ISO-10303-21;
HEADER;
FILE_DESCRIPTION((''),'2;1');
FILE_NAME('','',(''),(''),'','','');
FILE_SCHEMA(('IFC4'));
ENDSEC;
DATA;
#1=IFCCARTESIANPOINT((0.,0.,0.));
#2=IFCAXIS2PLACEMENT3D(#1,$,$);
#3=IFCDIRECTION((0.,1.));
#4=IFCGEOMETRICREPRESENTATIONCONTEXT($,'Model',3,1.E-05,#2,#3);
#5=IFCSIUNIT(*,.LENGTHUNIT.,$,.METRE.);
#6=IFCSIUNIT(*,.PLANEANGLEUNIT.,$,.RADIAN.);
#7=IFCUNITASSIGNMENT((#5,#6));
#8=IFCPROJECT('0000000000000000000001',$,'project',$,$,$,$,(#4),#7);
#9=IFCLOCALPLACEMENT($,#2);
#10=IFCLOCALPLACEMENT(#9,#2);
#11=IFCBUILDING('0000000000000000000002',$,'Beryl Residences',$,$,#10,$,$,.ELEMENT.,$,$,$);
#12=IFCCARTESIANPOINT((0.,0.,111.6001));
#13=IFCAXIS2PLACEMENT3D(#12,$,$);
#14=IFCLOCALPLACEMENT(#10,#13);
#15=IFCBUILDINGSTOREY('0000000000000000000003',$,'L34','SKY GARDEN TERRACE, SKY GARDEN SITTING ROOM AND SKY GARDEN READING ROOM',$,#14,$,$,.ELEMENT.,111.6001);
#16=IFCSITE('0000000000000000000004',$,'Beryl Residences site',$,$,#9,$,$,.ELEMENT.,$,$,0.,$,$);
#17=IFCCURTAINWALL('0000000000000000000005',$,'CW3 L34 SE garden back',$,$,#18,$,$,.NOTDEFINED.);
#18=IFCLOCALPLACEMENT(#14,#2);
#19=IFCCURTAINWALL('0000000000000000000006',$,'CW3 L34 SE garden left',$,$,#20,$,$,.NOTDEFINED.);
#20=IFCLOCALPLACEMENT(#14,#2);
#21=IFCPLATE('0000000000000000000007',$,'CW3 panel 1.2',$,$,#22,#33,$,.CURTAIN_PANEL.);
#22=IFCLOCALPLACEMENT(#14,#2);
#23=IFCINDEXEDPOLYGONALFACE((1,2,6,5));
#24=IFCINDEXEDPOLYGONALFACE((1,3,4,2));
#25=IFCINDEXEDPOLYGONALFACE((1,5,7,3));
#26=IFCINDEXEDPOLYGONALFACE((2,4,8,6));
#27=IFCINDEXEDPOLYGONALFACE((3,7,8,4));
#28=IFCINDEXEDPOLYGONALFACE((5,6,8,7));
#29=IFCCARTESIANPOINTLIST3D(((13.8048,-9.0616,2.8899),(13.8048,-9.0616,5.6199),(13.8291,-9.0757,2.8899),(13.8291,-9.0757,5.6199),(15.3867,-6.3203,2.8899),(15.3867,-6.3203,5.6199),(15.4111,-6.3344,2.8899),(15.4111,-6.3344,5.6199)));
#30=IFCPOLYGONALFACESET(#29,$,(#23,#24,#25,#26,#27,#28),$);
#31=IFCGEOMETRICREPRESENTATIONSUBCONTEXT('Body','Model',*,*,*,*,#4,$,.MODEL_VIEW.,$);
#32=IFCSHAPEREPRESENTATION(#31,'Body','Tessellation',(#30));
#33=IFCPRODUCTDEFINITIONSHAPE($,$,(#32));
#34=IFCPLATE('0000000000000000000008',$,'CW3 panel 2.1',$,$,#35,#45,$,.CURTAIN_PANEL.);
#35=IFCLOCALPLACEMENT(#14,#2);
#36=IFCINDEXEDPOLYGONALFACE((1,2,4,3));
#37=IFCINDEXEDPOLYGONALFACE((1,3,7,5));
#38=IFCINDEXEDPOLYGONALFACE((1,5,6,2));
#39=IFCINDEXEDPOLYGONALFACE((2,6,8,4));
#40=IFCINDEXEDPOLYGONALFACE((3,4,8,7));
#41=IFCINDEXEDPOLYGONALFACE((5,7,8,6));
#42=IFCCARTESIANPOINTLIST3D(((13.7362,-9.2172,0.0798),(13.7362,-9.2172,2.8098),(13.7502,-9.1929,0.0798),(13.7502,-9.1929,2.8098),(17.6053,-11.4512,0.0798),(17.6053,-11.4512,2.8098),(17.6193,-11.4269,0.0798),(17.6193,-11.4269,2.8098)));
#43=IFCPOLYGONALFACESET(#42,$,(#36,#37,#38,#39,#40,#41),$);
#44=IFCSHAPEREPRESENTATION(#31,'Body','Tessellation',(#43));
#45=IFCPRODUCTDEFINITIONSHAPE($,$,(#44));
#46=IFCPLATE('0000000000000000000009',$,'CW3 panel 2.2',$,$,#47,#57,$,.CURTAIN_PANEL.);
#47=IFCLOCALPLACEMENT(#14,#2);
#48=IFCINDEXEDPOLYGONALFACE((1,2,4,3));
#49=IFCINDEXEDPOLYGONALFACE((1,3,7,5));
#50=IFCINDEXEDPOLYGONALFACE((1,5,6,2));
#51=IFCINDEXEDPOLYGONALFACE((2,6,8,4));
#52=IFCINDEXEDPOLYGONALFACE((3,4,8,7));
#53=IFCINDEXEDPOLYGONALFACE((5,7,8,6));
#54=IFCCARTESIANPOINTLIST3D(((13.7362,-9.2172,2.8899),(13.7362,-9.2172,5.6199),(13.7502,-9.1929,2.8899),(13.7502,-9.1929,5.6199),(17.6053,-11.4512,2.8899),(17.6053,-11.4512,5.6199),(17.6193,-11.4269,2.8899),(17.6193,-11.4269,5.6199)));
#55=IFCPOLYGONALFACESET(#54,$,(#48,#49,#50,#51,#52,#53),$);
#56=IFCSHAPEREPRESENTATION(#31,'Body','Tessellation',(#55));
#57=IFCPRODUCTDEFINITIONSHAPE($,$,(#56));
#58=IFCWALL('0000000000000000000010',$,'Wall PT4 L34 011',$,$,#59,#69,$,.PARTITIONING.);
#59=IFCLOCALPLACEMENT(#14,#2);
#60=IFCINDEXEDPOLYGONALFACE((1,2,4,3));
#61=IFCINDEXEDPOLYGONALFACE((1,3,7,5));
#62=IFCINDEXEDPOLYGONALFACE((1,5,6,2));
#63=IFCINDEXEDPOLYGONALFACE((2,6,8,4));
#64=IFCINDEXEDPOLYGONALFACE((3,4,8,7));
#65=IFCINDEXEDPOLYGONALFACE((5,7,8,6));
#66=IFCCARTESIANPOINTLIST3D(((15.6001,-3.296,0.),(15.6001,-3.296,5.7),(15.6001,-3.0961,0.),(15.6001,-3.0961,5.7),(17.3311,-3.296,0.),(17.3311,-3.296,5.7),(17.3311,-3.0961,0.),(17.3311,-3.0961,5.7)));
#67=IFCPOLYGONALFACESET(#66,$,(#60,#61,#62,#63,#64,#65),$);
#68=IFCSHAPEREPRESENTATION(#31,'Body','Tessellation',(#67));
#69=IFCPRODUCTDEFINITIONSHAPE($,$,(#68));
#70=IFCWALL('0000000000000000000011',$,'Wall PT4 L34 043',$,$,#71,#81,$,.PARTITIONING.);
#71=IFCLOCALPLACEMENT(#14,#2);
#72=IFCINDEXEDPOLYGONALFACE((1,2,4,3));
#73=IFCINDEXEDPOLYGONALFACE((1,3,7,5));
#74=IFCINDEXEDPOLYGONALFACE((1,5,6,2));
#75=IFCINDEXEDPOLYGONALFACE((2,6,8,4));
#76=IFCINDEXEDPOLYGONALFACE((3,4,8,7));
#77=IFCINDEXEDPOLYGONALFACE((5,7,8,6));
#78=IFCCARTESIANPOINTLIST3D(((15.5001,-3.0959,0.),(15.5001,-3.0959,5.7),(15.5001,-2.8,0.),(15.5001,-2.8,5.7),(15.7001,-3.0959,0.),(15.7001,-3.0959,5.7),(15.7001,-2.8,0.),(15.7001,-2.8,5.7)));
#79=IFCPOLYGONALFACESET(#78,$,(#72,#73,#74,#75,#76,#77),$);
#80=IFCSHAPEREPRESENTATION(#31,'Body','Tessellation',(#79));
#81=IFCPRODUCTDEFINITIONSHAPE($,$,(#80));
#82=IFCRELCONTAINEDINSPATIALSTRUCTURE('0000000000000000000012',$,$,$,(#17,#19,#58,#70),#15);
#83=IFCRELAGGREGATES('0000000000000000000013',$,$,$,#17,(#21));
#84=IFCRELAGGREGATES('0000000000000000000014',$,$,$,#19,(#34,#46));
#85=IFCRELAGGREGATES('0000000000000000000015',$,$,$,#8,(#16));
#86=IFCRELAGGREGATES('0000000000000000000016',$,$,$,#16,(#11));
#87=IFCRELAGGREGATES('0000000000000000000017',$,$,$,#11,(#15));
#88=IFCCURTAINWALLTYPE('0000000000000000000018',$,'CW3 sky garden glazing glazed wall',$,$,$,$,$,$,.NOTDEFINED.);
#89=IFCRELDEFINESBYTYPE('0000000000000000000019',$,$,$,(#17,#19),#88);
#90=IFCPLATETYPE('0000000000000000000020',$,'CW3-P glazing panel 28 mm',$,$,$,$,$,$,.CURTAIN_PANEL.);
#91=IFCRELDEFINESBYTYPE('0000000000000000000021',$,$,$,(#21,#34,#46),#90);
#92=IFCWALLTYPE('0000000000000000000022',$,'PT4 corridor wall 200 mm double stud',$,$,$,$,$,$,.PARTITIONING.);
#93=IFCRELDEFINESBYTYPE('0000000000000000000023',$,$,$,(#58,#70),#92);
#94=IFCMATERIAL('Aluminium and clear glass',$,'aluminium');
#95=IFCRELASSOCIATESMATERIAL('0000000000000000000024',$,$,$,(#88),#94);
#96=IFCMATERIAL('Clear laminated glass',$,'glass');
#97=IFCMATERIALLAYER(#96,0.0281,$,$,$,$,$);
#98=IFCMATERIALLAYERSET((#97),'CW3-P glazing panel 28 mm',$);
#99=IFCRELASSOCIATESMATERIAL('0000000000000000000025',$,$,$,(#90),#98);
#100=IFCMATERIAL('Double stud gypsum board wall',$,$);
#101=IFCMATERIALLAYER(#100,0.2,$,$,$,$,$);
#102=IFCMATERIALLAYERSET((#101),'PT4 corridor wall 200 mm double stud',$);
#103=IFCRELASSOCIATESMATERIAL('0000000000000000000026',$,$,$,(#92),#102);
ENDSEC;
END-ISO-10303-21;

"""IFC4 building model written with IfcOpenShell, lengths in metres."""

from ifc_helpers import new_model, si_unit, direction, frame, frame_2d, origin, origin_2d, place, context, subcontext, project, spatial, rectangle, extrude, material, layer, layer_set, type_object, element, aggregate, save


model = new_model("IFC4")

# Units and contexts
model_context = context("Model", 3, precision=1e-05, world=origin(), true_north=direction((0.0, 1.0)))
body_context = subcontext(model_context, "Body", "Model", "MODEL_VIEW")
ifc_project = project(units=[si_unit("LENGTHUNIT", "METRE"), si_unit("PLANEANGLEUNIT", "RADIAN")], contexts=[model_context])

# Site, building, storey
site_placement = place(None, origin())
site = spatial("IfcSite", under=ifc_project, at=site_placement, Name="Beryl Residences site", CompositionType="ELEMENT", RefElevation=0.0)
building_placement = place(site_placement, origin())
building = spatial("IfcBuilding", under=site, at=building_placement, Name="Beryl Residences", CompositionType="ELEMENT")
storey_placement = place(building_placement, frame((0.0, 0.0, 111.6001)))
storey = spatial("IfcBuildingStorey", under=building, at=storey_placement, Name="L34", Description="SKY GARDEN TERRACE, SKY GARDEN SITTING ROOM AND SKY GARDEN READING ROOM", CompositionType="ELEMENT", Elevation=111.6001)

# Curtain walls
ifc_material_1 = material(Name="Aluminium and clear glass", Category="aluminium")
curtain_wall_type = type_object("IfcCurtainWallType", Name="CW3 sky garden glazing glazed wall", PredefinedType="NOTDEFINED", material=ifc_material_1)
curtain_wall_1_placement = place(storey_placement, origin())
curtain_wall_1 = element("IfcCurtainWall", 1, at=curtain_wall_1_placement, inside=storey, type_object=curtain_wall_type, Name="CW3 L34 SE garden back", PredefinedType="NOTDEFINED")
curtain_wall_2_placement = place(storey_placement, origin())
curtain_wall_2 = element("IfcCurtainWall", 2, at=curtain_wall_2_placement, inside=storey, type_object=curtain_wall_type, Name="CW3 L34 SE garden left", PredefinedType="NOTDEFINED")

# Plates
ifc_material_2 = material(Name="Clear laminated glass", Category="glass")
ifc_layer_1 = layer(ifc_material_2, 0.0281)
ifc_layer_set_1 = layer_set([ifc_layer_1], Name="CW3-P glazing panel 28 mm")
plate_type = type_object("IfcPlateType", Name="CW3-P glazing panel 28 mm", PredefinedType="CURTAIN_PANEL", material=ifc_layer_set_1)
plate_1_placement = place(storey_placement, frame((14.6079, -7.698, 2.8899), z_axis=(0.0, 0.0, 1.0), x_axis=(0.499827, 0.866125, 0.0)))
plate_1 = element("IfcPlate", 3, at=plate_1_placement, type_object=plate_type, Name="CW3 panel 1.2", PredefinedType="CURTAIN_PANEL", context=body_context, shape_type="SweptSolid", body=[
    extrude(rectangle(XDim=3.165, YDim=0.0281, at=origin_2d()), origin(), (0.0, 0.0, 1.0), 2.73),
])
aggregate(curtain_wall_1, [plate_1])
plate_2_placement = place(storey_placement, frame((15.6777, -10.322, 0.0798), z_axis=(0.0, 0.0, 1.0), x_axis=(-0.866008, 0.500031, 0.0)))
plate_2 = element("IfcPlate", 4, at=plate_2_placement, type_object=plate_type, Name="CW3 panel 2.1", PredefinedType="CURTAIN_PANEL", context=body_context, shape_type="SweptSolid", body=[
    extrude(rectangle(XDim=4.4678, YDim=0.0281, at=origin_2d()), origin(), (0.0, 0.0, 1.0), 2.73),
])
plate_3_placement = place(storey_placement, frame((15.6777, -10.322, 2.8899), z_axis=(0.0, 0.0, 1.0), x_axis=(-0.866008, 0.500031, 0.0)))
plate_3 = element("IfcPlate", 5, at=plate_3_placement, type_object=plate_type, Name="CW3 panel 2.2", PredefinedType="CURTAIN_PANEL", context=body_context, shape_type="SweptSolid", body=[
    extrude(rectangle(XDim=4.4678, YDim=0.0281, at=origin_2d()), origin(), (0.0, 0.0, 1.0), 2.73),
])
aggregate(curtain_wall_2, [plate_2, plate_3])

# Walls
ifc_material_3 = material(Name="Double stud gypsum board wall")
ifc_layer_2 = layer(ifc_material_3, 0.2)
ifc_layer_set_2 = layer_set([ifc_layer_2], Name="PT4 corridor wall 200 mm double stud")
wall_type_1 = type_object("IfcWallType", Name="PT4 corridor wall 200 mm double stud", PredefinedType="PARTITIONING", material=ifc_layer_set_2)
wall_1_placement = place(storey_placement, frame((15.6001, -3.196, 0.0), z_axis=(0.0, 0.0, 1.0), x_axis=(1.0, 0.0, 0.0)))
element("IfcWall", 6, at=wall_1_placement, inside=storey, type_object=wall_type_1, Name="Wall PT4 L34 011", PredefinedType="PARTITIONING", context=body_context, shape_type="SweptSolid", body=[
    extrude(rectangle(XDim=1.731, YDim=0.2, at=frame_2d((0.8655, 0.0))), origin(), (0.0, 0.0, 1.0), 5.7),
])
wall_2_placement = place(storey_placement, frame((15.6001, -3.0959, 0.0), z_axis=(0.0, 0.0, 1.0), x_axis=(0.0, 1.0, 0.0)))
element("IfcWall", 7, at=wall_2_placement, inside=storey, type_object=wall_type_1, Name="Wall PT4 L34 043", PredefinedType="PARTITIONING", context=body_context, shape_type="SweptSolid", body=[
    extrude(rectangle(XDim=0.2959, YDim=0.2, at=frame_2d((0.1479, 0.0))), origin(), (0.0, 0.0, 1.0), 5.7),
])

save(model, "model.ifc")
